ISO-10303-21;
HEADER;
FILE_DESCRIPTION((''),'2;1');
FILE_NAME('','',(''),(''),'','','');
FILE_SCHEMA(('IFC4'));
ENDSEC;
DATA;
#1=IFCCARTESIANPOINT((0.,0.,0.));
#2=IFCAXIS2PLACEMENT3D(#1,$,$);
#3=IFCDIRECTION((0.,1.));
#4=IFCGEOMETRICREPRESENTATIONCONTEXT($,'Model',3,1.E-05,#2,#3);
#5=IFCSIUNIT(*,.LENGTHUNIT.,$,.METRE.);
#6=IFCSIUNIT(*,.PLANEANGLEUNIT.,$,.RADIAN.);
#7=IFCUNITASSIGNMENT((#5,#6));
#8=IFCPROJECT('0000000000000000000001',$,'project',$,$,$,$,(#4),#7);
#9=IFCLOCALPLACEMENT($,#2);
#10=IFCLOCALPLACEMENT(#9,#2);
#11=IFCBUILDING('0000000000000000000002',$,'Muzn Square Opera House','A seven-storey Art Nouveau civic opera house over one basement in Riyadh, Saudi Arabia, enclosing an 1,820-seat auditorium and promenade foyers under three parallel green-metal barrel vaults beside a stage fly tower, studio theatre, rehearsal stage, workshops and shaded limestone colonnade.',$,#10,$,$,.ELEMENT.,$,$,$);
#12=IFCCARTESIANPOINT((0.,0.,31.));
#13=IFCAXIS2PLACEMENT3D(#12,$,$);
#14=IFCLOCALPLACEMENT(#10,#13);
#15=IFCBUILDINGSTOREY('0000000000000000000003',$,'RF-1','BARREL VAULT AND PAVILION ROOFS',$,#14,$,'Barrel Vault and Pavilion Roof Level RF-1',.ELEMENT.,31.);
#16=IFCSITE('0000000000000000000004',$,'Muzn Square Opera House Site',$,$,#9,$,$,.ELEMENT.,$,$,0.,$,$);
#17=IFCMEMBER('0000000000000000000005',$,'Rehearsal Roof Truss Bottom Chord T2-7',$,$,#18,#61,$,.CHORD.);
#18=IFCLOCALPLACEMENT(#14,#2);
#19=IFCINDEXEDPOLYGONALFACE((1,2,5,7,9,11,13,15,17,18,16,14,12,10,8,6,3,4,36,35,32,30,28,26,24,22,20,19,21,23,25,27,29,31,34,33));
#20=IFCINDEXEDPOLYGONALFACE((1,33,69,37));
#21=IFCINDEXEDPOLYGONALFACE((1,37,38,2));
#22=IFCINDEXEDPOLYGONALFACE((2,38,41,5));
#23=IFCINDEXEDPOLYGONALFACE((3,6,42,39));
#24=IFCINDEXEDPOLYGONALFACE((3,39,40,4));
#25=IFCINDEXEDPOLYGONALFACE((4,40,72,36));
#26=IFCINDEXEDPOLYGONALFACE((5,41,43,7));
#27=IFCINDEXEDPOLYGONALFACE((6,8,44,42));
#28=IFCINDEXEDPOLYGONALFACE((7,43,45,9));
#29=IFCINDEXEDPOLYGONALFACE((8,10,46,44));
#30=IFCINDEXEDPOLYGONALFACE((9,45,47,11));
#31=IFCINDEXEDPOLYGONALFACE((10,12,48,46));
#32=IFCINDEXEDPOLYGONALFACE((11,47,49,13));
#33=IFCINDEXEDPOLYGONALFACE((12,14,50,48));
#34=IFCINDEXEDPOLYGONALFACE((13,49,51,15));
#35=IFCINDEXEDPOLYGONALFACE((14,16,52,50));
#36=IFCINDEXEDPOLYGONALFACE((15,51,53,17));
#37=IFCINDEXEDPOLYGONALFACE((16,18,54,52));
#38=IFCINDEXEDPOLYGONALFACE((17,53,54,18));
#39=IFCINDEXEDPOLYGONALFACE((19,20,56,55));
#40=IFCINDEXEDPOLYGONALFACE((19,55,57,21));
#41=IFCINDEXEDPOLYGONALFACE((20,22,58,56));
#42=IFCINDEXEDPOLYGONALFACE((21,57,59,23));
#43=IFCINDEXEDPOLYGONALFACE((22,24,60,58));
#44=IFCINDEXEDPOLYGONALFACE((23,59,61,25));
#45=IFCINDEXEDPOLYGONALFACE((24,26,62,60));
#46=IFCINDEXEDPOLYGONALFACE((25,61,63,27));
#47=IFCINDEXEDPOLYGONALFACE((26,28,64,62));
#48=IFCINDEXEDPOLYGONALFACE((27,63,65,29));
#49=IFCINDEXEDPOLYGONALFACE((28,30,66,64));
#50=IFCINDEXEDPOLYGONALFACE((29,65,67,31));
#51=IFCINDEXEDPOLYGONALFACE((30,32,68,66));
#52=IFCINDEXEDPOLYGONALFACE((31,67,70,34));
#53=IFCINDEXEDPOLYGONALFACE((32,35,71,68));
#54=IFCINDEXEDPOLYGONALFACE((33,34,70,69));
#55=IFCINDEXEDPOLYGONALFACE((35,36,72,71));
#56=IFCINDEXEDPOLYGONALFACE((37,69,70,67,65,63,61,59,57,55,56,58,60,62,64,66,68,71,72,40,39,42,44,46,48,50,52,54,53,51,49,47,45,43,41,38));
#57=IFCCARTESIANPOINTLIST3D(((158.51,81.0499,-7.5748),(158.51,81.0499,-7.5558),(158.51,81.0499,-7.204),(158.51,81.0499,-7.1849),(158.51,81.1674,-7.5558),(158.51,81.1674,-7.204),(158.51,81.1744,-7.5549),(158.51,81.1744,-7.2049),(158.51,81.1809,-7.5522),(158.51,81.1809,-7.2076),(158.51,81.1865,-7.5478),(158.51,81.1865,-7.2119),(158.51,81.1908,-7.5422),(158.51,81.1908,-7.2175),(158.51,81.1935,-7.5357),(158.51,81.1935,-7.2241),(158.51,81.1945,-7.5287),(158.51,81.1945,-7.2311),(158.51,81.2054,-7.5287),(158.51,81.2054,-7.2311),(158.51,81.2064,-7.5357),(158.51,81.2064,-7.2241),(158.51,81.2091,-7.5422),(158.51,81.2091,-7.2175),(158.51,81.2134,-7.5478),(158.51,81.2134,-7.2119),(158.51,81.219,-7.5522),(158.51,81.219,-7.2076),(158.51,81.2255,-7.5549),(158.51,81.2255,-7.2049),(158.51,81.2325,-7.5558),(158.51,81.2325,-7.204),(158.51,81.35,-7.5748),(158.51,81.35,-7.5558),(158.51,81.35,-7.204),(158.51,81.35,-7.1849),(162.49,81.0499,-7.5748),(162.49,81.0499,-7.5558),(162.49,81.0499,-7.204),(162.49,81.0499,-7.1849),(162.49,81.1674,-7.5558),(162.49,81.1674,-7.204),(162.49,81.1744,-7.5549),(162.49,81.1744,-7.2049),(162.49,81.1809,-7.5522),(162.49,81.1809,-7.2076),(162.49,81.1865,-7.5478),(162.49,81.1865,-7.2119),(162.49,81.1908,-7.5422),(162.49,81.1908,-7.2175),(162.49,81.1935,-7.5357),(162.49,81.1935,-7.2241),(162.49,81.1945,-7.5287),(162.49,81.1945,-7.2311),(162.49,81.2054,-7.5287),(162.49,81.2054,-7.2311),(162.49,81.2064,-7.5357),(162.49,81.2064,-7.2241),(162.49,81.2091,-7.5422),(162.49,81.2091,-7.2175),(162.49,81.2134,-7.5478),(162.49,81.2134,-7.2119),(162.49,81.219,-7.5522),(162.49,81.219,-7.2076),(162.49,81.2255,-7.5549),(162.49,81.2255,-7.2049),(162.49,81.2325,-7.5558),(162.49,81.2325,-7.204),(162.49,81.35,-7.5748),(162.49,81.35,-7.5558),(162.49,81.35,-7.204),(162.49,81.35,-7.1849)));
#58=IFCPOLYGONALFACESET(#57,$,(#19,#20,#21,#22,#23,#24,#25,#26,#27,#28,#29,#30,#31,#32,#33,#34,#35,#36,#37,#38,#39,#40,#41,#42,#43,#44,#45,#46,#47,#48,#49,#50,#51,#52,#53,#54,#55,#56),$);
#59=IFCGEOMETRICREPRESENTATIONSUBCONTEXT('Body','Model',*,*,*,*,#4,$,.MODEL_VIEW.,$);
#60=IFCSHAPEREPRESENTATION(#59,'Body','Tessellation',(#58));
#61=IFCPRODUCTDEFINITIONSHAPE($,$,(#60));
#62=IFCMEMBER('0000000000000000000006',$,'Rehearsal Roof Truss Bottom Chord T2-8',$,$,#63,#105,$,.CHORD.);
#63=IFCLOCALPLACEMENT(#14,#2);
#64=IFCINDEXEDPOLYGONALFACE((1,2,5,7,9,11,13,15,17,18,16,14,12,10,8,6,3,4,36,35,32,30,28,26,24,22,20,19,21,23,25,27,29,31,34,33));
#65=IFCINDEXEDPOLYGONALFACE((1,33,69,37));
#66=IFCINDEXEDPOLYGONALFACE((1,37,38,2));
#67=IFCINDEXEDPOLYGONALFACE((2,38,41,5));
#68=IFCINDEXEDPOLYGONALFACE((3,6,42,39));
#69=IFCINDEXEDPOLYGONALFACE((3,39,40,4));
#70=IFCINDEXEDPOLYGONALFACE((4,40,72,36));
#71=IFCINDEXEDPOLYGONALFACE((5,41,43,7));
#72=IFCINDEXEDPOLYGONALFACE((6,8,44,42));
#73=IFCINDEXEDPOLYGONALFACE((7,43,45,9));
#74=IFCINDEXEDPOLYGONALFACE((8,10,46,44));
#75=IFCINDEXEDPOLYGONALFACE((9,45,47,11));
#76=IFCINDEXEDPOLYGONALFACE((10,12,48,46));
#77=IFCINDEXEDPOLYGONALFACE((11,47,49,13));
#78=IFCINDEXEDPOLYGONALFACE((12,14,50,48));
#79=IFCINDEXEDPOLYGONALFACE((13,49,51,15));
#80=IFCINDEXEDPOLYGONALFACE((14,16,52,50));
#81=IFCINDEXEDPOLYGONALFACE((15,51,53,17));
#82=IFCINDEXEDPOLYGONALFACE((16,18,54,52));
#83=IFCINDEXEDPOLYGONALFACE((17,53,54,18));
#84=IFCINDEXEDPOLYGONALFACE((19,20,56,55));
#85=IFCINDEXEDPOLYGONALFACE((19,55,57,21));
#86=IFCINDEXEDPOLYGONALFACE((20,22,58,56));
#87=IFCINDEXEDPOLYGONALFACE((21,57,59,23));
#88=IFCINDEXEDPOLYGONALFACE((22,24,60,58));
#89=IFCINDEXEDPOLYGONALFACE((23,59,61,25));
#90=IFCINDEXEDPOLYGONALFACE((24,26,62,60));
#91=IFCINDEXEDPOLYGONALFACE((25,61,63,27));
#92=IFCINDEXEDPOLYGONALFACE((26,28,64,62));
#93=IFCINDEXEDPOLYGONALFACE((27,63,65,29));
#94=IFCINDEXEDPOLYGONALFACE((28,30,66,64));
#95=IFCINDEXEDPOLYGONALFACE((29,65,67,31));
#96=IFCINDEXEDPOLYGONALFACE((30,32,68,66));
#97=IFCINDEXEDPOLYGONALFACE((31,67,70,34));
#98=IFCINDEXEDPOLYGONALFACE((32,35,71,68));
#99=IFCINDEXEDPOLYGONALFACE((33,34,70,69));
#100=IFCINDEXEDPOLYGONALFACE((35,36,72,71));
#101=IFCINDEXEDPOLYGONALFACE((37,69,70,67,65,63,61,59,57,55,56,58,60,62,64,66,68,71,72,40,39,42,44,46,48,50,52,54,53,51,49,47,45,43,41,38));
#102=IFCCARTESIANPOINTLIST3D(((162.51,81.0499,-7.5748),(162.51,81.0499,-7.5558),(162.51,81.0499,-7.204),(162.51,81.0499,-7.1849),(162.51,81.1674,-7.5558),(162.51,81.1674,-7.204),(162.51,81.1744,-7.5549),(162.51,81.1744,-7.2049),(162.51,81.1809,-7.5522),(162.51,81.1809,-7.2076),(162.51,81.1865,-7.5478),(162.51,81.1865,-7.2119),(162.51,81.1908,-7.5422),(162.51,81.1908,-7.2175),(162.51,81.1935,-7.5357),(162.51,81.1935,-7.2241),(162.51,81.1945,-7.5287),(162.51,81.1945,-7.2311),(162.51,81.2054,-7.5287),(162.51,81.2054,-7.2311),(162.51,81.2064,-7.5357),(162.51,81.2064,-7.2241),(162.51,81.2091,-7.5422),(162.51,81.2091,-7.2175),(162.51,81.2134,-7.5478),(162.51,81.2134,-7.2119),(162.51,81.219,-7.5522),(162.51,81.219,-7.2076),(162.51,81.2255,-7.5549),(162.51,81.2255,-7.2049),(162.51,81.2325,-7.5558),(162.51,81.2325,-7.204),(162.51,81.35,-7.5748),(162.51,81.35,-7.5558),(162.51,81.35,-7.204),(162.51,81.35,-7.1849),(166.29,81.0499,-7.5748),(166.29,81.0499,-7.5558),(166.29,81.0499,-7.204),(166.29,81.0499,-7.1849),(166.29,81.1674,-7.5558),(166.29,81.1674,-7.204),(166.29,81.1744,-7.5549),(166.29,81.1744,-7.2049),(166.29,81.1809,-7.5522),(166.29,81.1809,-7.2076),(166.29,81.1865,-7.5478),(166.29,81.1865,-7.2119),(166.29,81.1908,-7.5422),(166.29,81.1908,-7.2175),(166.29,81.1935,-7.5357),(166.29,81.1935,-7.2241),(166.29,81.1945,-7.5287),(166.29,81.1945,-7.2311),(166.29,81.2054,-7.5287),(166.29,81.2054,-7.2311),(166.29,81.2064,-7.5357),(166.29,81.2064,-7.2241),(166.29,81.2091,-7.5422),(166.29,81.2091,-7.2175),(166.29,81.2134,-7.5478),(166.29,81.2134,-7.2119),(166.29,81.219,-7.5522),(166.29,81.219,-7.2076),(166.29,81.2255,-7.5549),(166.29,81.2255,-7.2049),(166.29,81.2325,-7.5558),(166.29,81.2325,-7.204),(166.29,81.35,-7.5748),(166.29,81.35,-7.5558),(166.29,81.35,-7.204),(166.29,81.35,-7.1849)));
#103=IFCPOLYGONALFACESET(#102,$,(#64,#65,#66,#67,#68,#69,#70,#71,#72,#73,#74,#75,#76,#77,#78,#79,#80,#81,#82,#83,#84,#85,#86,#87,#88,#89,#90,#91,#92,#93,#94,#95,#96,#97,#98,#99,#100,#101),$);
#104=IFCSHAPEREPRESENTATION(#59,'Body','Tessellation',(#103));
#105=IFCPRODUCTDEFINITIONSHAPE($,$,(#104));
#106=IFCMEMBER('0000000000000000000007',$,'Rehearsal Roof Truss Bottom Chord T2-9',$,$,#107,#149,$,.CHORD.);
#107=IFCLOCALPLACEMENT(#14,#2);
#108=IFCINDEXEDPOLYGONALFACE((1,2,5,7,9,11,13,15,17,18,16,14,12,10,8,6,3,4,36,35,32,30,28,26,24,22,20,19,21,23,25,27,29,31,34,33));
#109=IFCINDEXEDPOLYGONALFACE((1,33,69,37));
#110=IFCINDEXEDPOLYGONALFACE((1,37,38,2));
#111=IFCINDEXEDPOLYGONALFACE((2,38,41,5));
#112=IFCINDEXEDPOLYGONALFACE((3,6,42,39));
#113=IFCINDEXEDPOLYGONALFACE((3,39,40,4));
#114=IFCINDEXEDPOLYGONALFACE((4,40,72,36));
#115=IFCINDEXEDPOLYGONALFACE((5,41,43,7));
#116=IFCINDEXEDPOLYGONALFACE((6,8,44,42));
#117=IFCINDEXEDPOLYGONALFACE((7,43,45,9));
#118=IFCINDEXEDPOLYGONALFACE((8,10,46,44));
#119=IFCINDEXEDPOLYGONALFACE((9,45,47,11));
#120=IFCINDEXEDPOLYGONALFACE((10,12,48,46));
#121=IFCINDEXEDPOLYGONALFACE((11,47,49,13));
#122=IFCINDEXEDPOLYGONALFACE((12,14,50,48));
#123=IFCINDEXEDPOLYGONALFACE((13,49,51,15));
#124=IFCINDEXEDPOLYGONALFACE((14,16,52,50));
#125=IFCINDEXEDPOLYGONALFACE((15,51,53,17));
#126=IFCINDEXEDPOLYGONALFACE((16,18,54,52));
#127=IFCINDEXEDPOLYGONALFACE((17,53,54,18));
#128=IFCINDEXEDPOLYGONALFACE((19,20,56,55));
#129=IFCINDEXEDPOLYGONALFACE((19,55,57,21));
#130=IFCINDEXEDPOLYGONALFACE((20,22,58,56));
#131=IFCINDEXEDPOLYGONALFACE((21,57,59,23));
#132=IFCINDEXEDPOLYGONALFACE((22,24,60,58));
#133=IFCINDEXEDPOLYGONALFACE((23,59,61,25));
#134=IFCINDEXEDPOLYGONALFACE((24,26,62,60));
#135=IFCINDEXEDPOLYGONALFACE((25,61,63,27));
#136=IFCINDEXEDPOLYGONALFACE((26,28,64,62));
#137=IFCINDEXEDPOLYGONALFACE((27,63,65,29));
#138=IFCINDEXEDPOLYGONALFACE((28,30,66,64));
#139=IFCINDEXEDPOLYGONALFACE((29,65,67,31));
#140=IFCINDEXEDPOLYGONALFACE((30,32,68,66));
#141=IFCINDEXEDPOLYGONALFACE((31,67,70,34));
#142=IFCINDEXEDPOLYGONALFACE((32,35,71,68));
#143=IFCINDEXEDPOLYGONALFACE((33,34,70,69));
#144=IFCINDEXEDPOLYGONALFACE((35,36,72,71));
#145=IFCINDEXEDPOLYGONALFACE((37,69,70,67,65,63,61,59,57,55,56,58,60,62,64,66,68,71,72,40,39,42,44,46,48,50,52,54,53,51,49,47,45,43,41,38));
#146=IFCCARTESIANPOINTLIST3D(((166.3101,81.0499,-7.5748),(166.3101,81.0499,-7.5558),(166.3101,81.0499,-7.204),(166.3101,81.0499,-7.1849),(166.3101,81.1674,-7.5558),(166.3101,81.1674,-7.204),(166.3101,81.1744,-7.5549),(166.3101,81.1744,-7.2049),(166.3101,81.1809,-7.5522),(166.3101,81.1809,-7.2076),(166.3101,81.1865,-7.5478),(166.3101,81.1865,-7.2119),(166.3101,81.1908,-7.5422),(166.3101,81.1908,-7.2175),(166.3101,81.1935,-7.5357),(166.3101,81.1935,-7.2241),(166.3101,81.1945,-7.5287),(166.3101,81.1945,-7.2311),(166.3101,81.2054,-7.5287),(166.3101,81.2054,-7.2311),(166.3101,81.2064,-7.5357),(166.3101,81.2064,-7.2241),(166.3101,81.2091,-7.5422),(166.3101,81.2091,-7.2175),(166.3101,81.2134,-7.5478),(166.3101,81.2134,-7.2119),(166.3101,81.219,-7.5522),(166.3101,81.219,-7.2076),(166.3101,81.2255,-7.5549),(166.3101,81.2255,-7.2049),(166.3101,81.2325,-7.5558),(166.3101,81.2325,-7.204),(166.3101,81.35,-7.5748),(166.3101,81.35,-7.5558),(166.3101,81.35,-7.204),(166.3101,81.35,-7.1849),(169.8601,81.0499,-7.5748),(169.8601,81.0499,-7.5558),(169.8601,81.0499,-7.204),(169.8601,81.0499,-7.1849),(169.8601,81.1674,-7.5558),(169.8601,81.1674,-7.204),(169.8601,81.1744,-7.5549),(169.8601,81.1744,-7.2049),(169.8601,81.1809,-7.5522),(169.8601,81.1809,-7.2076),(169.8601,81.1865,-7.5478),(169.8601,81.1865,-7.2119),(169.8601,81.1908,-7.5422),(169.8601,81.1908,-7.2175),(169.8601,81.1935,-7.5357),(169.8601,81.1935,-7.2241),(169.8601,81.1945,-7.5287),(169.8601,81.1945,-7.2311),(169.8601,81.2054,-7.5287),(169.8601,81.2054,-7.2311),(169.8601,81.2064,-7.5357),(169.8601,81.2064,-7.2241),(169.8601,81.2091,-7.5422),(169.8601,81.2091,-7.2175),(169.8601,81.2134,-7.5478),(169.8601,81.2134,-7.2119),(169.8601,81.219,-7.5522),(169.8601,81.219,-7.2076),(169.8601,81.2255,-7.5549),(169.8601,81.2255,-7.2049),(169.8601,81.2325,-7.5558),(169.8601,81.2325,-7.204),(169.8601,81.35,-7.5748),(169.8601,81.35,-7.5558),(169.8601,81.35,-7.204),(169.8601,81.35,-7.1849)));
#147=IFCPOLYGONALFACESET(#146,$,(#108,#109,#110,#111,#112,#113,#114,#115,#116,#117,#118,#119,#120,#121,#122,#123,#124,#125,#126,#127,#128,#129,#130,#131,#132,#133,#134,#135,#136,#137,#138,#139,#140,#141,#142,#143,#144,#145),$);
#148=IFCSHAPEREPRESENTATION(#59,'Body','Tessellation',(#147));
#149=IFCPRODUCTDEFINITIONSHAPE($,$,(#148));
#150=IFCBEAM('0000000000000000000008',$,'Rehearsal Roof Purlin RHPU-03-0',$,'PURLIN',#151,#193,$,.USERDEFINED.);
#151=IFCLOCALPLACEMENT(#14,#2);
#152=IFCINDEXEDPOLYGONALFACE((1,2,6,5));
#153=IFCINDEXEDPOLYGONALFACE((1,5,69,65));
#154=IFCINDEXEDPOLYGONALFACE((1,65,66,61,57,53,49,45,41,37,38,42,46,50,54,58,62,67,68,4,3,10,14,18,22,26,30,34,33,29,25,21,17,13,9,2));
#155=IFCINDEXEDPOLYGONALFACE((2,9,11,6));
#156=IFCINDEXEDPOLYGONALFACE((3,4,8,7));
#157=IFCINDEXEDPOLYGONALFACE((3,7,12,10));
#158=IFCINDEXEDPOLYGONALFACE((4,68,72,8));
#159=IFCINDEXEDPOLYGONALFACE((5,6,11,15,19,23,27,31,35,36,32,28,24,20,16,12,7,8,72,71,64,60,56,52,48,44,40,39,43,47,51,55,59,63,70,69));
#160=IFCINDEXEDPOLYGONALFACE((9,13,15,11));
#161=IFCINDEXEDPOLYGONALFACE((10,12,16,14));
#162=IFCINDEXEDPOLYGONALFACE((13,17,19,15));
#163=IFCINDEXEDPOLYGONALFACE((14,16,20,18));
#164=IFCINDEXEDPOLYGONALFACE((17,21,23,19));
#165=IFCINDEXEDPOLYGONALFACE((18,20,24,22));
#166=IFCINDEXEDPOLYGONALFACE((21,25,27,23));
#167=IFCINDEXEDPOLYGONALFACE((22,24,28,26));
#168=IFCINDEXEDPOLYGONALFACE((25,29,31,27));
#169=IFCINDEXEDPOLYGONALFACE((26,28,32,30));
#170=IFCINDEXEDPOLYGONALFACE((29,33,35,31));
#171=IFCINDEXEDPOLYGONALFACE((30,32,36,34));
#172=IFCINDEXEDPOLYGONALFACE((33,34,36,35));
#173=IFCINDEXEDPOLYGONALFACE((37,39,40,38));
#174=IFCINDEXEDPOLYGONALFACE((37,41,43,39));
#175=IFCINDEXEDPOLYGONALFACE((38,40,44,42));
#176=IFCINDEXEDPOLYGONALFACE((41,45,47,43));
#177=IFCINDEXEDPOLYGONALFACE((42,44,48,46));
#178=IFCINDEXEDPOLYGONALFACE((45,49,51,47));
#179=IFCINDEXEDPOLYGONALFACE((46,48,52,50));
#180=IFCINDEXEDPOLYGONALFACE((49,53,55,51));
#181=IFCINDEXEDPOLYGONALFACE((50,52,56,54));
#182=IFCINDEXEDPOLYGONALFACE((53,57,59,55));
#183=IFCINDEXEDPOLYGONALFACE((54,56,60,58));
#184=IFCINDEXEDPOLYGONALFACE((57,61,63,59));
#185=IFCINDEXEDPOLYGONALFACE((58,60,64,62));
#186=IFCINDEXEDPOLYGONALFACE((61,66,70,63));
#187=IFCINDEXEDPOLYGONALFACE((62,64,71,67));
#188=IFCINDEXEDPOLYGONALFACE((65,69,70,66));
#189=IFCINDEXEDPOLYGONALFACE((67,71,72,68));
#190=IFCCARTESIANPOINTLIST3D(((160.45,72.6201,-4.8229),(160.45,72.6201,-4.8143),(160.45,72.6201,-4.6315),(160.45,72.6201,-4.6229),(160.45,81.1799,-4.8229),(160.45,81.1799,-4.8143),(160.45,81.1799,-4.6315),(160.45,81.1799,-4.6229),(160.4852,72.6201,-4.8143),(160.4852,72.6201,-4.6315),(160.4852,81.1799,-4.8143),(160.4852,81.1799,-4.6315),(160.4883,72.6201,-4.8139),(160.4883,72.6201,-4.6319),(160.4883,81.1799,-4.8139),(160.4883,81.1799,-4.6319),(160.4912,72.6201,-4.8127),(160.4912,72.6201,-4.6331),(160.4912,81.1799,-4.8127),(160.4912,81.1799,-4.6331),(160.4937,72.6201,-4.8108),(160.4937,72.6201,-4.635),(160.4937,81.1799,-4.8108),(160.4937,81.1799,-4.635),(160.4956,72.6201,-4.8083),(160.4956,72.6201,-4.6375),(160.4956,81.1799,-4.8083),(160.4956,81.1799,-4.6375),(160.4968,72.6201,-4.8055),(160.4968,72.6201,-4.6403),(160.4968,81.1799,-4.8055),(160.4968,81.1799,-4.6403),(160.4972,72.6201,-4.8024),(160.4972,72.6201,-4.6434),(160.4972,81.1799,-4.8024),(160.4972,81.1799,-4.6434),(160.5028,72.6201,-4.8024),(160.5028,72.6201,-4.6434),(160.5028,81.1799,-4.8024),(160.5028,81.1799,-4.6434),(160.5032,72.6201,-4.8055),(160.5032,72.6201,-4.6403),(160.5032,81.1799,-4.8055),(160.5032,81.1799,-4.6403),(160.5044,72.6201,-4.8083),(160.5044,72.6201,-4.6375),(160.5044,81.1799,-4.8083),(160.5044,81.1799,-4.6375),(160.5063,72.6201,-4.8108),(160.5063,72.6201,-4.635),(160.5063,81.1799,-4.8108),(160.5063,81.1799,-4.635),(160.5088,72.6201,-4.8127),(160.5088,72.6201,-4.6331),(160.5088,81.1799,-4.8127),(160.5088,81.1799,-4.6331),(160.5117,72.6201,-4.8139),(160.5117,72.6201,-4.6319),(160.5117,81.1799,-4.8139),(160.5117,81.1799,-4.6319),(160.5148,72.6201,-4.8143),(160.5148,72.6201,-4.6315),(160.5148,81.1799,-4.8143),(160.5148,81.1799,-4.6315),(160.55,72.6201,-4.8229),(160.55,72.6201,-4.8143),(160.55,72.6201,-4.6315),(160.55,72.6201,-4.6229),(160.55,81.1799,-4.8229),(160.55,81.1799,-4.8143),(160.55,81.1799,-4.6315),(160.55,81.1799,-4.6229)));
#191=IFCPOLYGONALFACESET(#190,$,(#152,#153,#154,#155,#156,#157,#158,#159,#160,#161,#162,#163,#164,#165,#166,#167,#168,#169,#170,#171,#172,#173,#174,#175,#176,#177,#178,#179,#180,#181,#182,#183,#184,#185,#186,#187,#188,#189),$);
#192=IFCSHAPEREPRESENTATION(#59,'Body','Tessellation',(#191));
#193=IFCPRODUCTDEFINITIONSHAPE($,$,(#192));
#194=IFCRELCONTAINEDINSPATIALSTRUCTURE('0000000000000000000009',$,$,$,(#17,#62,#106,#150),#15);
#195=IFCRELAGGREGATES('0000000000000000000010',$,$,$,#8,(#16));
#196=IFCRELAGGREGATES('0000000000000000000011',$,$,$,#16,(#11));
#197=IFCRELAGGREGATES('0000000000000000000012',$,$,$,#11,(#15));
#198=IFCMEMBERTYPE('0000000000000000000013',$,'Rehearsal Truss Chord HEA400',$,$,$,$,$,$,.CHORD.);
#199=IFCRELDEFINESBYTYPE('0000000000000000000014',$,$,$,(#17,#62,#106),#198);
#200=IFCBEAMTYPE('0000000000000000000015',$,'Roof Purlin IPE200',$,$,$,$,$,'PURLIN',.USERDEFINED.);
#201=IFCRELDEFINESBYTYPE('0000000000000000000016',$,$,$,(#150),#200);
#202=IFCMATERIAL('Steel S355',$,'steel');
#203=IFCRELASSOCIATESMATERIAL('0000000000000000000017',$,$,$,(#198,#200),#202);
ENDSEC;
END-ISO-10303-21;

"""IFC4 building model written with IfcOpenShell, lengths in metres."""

from ifc_helpers import new_model, si_unit, direction, frame, origin, origin_2d, place, context, subcontext, project, spatial, i_section, extrude, material, material_profile, profile_set, type_object, element, save


model = new_model("IFC4")

# Units and contexts
model_context = context("Model", 3, precision=1e-05, world=origin(), true_north=direction((0.0, 1.0)))
body_context = subcontext(model_context, "Body", "Model", "MODEL_VIEW")
ifc_project = project(units=[si_unit("LENGTHUNIT", "METRE"), si_unit("PLANEANGLEUNIT", "RADIAN")], contexts=[model_context])

# Site, building, storey
site_placement = place(None, origin())
site = spatial("IfcSite", under=ifc_project, at=site_placement, Name="Muzn Square Opera House Site", CompositionType="ELEMENT", RefElevation=0.0)
building_placement = place(site_placement, origin())
building = spatial("IfcBuilding", under=site, at=building_placement, Name="Muzn Square Opera House", Description="A seven-storey Art Nouveau civic opera house over one basement in Riyadh, Saudi Arabia, enclosing an 1,820-seat auditorium and promenade foyers under three parallel green-metal barrel vaults beside a stage fly tower, studio theatre, rehearsal stage, workshops and shaded limestone colonnade.", CompositionType="ELEMENT")
storey_placement = place(building_placement, frame((0.0, 0.0, 31.0)))
storey = spatial("IfcBuildingStorey", under=building, at=storey_placement, Name="RF-1", Description="BARREL VAULT AND PAVILION ROOFS", LongName="Barrel Vault and Pavilion Roof Level RF-1", CompositionType="ELEMENT", Elevation=31.0)

# Shared definitions
ifc_material = material(Name="Steel S355", Category="steel")

# Members
ifc_material_profile_1 = material_profile(ifc_material, i_section(OverallWidth=0.3, OverallDepth=0.3899, WebThickness=0.011, FlangeThickness=0.019, FilletRadius=0.0271, at=origin_2d()), Name="HEA 400", Category="steel")
ifc_profile_set_1 = profile_set([ifc_material_profile_1], Name="Steel S355")
member_type_1 = type_object("IfcMemberType", Name="Rehearsal Truss Chord HEA400", PredefinedType="CHORD", material=ifc_profile_set_1)
member_1_placement = place(storey_placement, frame((158.51, 81.2, -7.3799), z_axis=(1.0, 0.0, 0.0), x_axis=(0.0, 1.0, 0.0)))
element("IfcMember", 1, at=member_1_placement, inside=storey, type_object=member_type_1, Name="Rehearsal Roof Truss Bottom Chord T2-7", PredefinedType="CHORD", context=body_context, shape_type="SweptSolid", body=[
    extrude(i_section(OverallWidth=0.3, OverallDepth=0.3899, WebThickness=0.011, FlangeThickness=0.019, FilletRadius=0.0271, at=origin_2d()), origin(), (0.0, 0.0, 1.0), 3.98),
])
member_2_placement = place(storey_placement, frame((162.51, 81.2, -7.3799), z_axis=(1.0, 0.0, 0.0), x_axis=(0.0, 1.0, 0.0)))
element("IfcMember", 2, at=member_2_placement, inside=storey, type_object=member_type_1, Name="Rehearsal Roof Truss Bottom Chord T2-8", PredefinedType="CHORD", context=body_context, shape_type="SweptSolid", body=[
    extrude(i_section(OverallWidth=0.3, OverallDepth=0.3899, WebThickness=0.011, FlangeThickness=0.019, FilletRadius=0.0271, at=origin_2d()), origin(), (0.0, 0.0, 1.0), 3.78),
])
member_3_placement = place(storey_placement, frame((166.3101, 81.2, -7.3799), z_axis=(1.0, 0.0, 0.0), x_axis=(0.0, 1.0, 0.0)))
element("IfcMember", 3, at=member_3_placement, inside=storey, type_object=member_type_1, Name="Rehearsal Roof Truss Bottom Chord T2-9", PredefinedType="CHORD", context=body_context, shape_type="SweptSolid", body=[
    extrude(i_section(OverallWidth=0.3, OverallDepth=0.3899, WebThickness=0.011, FlangeThickness=0.019, FilletRadius=0.0271, at=origin_2d()), origin(), (0.0, 0.0, 1.0), 3.55),
])

# Beam
ifc_material_profile_2 = material_profile(ifc_material, i_section(OverallWidth=0.1001, OverallDepth=0.2, WebThickness=0.0056, FlangeThickness=0.0085, FilletRadius=0.012, at=origin_2d()), Name="IPE 200", Category="steel")
ifc_profile_set_2 = profile_set([ifc_material_profile_2], Name="Steel S355")
beam_type = type_object("IfcBeamType", Name="Roof Purlin IPE200", ElementType="PURLIN", PredefinedType="USERDEFINED", material=ifc_profile_set_2)
beam_1_placement = place(storey_placement, frame((160.5, 72.6201, -4.7229), z_axis=(0.0, 1.0, 0.0), x_axis=(-1.0, 0.0, 0.0)))
element("IfcBeam", 4, at=beam_1_placement, inside=storey, type_object=beam_type, Name="Rehearsal Roof Purlin RHPU-03-0", ObjectType="PURLIN", PredefinedType="USERDEFINED", context=body_context, shape_type="SweptSolid", body=[
    extrude(i_section(OverallWidth=0.1001, OverallDepth=0.2, WebThickness=0.0056, FlangeThickness=0.0085, FilletRadius=0.012, at=origin_2d()), origin(), (0.0, 0.0, 1.0), 8.5598),
])

save(model, "model.ifc")
